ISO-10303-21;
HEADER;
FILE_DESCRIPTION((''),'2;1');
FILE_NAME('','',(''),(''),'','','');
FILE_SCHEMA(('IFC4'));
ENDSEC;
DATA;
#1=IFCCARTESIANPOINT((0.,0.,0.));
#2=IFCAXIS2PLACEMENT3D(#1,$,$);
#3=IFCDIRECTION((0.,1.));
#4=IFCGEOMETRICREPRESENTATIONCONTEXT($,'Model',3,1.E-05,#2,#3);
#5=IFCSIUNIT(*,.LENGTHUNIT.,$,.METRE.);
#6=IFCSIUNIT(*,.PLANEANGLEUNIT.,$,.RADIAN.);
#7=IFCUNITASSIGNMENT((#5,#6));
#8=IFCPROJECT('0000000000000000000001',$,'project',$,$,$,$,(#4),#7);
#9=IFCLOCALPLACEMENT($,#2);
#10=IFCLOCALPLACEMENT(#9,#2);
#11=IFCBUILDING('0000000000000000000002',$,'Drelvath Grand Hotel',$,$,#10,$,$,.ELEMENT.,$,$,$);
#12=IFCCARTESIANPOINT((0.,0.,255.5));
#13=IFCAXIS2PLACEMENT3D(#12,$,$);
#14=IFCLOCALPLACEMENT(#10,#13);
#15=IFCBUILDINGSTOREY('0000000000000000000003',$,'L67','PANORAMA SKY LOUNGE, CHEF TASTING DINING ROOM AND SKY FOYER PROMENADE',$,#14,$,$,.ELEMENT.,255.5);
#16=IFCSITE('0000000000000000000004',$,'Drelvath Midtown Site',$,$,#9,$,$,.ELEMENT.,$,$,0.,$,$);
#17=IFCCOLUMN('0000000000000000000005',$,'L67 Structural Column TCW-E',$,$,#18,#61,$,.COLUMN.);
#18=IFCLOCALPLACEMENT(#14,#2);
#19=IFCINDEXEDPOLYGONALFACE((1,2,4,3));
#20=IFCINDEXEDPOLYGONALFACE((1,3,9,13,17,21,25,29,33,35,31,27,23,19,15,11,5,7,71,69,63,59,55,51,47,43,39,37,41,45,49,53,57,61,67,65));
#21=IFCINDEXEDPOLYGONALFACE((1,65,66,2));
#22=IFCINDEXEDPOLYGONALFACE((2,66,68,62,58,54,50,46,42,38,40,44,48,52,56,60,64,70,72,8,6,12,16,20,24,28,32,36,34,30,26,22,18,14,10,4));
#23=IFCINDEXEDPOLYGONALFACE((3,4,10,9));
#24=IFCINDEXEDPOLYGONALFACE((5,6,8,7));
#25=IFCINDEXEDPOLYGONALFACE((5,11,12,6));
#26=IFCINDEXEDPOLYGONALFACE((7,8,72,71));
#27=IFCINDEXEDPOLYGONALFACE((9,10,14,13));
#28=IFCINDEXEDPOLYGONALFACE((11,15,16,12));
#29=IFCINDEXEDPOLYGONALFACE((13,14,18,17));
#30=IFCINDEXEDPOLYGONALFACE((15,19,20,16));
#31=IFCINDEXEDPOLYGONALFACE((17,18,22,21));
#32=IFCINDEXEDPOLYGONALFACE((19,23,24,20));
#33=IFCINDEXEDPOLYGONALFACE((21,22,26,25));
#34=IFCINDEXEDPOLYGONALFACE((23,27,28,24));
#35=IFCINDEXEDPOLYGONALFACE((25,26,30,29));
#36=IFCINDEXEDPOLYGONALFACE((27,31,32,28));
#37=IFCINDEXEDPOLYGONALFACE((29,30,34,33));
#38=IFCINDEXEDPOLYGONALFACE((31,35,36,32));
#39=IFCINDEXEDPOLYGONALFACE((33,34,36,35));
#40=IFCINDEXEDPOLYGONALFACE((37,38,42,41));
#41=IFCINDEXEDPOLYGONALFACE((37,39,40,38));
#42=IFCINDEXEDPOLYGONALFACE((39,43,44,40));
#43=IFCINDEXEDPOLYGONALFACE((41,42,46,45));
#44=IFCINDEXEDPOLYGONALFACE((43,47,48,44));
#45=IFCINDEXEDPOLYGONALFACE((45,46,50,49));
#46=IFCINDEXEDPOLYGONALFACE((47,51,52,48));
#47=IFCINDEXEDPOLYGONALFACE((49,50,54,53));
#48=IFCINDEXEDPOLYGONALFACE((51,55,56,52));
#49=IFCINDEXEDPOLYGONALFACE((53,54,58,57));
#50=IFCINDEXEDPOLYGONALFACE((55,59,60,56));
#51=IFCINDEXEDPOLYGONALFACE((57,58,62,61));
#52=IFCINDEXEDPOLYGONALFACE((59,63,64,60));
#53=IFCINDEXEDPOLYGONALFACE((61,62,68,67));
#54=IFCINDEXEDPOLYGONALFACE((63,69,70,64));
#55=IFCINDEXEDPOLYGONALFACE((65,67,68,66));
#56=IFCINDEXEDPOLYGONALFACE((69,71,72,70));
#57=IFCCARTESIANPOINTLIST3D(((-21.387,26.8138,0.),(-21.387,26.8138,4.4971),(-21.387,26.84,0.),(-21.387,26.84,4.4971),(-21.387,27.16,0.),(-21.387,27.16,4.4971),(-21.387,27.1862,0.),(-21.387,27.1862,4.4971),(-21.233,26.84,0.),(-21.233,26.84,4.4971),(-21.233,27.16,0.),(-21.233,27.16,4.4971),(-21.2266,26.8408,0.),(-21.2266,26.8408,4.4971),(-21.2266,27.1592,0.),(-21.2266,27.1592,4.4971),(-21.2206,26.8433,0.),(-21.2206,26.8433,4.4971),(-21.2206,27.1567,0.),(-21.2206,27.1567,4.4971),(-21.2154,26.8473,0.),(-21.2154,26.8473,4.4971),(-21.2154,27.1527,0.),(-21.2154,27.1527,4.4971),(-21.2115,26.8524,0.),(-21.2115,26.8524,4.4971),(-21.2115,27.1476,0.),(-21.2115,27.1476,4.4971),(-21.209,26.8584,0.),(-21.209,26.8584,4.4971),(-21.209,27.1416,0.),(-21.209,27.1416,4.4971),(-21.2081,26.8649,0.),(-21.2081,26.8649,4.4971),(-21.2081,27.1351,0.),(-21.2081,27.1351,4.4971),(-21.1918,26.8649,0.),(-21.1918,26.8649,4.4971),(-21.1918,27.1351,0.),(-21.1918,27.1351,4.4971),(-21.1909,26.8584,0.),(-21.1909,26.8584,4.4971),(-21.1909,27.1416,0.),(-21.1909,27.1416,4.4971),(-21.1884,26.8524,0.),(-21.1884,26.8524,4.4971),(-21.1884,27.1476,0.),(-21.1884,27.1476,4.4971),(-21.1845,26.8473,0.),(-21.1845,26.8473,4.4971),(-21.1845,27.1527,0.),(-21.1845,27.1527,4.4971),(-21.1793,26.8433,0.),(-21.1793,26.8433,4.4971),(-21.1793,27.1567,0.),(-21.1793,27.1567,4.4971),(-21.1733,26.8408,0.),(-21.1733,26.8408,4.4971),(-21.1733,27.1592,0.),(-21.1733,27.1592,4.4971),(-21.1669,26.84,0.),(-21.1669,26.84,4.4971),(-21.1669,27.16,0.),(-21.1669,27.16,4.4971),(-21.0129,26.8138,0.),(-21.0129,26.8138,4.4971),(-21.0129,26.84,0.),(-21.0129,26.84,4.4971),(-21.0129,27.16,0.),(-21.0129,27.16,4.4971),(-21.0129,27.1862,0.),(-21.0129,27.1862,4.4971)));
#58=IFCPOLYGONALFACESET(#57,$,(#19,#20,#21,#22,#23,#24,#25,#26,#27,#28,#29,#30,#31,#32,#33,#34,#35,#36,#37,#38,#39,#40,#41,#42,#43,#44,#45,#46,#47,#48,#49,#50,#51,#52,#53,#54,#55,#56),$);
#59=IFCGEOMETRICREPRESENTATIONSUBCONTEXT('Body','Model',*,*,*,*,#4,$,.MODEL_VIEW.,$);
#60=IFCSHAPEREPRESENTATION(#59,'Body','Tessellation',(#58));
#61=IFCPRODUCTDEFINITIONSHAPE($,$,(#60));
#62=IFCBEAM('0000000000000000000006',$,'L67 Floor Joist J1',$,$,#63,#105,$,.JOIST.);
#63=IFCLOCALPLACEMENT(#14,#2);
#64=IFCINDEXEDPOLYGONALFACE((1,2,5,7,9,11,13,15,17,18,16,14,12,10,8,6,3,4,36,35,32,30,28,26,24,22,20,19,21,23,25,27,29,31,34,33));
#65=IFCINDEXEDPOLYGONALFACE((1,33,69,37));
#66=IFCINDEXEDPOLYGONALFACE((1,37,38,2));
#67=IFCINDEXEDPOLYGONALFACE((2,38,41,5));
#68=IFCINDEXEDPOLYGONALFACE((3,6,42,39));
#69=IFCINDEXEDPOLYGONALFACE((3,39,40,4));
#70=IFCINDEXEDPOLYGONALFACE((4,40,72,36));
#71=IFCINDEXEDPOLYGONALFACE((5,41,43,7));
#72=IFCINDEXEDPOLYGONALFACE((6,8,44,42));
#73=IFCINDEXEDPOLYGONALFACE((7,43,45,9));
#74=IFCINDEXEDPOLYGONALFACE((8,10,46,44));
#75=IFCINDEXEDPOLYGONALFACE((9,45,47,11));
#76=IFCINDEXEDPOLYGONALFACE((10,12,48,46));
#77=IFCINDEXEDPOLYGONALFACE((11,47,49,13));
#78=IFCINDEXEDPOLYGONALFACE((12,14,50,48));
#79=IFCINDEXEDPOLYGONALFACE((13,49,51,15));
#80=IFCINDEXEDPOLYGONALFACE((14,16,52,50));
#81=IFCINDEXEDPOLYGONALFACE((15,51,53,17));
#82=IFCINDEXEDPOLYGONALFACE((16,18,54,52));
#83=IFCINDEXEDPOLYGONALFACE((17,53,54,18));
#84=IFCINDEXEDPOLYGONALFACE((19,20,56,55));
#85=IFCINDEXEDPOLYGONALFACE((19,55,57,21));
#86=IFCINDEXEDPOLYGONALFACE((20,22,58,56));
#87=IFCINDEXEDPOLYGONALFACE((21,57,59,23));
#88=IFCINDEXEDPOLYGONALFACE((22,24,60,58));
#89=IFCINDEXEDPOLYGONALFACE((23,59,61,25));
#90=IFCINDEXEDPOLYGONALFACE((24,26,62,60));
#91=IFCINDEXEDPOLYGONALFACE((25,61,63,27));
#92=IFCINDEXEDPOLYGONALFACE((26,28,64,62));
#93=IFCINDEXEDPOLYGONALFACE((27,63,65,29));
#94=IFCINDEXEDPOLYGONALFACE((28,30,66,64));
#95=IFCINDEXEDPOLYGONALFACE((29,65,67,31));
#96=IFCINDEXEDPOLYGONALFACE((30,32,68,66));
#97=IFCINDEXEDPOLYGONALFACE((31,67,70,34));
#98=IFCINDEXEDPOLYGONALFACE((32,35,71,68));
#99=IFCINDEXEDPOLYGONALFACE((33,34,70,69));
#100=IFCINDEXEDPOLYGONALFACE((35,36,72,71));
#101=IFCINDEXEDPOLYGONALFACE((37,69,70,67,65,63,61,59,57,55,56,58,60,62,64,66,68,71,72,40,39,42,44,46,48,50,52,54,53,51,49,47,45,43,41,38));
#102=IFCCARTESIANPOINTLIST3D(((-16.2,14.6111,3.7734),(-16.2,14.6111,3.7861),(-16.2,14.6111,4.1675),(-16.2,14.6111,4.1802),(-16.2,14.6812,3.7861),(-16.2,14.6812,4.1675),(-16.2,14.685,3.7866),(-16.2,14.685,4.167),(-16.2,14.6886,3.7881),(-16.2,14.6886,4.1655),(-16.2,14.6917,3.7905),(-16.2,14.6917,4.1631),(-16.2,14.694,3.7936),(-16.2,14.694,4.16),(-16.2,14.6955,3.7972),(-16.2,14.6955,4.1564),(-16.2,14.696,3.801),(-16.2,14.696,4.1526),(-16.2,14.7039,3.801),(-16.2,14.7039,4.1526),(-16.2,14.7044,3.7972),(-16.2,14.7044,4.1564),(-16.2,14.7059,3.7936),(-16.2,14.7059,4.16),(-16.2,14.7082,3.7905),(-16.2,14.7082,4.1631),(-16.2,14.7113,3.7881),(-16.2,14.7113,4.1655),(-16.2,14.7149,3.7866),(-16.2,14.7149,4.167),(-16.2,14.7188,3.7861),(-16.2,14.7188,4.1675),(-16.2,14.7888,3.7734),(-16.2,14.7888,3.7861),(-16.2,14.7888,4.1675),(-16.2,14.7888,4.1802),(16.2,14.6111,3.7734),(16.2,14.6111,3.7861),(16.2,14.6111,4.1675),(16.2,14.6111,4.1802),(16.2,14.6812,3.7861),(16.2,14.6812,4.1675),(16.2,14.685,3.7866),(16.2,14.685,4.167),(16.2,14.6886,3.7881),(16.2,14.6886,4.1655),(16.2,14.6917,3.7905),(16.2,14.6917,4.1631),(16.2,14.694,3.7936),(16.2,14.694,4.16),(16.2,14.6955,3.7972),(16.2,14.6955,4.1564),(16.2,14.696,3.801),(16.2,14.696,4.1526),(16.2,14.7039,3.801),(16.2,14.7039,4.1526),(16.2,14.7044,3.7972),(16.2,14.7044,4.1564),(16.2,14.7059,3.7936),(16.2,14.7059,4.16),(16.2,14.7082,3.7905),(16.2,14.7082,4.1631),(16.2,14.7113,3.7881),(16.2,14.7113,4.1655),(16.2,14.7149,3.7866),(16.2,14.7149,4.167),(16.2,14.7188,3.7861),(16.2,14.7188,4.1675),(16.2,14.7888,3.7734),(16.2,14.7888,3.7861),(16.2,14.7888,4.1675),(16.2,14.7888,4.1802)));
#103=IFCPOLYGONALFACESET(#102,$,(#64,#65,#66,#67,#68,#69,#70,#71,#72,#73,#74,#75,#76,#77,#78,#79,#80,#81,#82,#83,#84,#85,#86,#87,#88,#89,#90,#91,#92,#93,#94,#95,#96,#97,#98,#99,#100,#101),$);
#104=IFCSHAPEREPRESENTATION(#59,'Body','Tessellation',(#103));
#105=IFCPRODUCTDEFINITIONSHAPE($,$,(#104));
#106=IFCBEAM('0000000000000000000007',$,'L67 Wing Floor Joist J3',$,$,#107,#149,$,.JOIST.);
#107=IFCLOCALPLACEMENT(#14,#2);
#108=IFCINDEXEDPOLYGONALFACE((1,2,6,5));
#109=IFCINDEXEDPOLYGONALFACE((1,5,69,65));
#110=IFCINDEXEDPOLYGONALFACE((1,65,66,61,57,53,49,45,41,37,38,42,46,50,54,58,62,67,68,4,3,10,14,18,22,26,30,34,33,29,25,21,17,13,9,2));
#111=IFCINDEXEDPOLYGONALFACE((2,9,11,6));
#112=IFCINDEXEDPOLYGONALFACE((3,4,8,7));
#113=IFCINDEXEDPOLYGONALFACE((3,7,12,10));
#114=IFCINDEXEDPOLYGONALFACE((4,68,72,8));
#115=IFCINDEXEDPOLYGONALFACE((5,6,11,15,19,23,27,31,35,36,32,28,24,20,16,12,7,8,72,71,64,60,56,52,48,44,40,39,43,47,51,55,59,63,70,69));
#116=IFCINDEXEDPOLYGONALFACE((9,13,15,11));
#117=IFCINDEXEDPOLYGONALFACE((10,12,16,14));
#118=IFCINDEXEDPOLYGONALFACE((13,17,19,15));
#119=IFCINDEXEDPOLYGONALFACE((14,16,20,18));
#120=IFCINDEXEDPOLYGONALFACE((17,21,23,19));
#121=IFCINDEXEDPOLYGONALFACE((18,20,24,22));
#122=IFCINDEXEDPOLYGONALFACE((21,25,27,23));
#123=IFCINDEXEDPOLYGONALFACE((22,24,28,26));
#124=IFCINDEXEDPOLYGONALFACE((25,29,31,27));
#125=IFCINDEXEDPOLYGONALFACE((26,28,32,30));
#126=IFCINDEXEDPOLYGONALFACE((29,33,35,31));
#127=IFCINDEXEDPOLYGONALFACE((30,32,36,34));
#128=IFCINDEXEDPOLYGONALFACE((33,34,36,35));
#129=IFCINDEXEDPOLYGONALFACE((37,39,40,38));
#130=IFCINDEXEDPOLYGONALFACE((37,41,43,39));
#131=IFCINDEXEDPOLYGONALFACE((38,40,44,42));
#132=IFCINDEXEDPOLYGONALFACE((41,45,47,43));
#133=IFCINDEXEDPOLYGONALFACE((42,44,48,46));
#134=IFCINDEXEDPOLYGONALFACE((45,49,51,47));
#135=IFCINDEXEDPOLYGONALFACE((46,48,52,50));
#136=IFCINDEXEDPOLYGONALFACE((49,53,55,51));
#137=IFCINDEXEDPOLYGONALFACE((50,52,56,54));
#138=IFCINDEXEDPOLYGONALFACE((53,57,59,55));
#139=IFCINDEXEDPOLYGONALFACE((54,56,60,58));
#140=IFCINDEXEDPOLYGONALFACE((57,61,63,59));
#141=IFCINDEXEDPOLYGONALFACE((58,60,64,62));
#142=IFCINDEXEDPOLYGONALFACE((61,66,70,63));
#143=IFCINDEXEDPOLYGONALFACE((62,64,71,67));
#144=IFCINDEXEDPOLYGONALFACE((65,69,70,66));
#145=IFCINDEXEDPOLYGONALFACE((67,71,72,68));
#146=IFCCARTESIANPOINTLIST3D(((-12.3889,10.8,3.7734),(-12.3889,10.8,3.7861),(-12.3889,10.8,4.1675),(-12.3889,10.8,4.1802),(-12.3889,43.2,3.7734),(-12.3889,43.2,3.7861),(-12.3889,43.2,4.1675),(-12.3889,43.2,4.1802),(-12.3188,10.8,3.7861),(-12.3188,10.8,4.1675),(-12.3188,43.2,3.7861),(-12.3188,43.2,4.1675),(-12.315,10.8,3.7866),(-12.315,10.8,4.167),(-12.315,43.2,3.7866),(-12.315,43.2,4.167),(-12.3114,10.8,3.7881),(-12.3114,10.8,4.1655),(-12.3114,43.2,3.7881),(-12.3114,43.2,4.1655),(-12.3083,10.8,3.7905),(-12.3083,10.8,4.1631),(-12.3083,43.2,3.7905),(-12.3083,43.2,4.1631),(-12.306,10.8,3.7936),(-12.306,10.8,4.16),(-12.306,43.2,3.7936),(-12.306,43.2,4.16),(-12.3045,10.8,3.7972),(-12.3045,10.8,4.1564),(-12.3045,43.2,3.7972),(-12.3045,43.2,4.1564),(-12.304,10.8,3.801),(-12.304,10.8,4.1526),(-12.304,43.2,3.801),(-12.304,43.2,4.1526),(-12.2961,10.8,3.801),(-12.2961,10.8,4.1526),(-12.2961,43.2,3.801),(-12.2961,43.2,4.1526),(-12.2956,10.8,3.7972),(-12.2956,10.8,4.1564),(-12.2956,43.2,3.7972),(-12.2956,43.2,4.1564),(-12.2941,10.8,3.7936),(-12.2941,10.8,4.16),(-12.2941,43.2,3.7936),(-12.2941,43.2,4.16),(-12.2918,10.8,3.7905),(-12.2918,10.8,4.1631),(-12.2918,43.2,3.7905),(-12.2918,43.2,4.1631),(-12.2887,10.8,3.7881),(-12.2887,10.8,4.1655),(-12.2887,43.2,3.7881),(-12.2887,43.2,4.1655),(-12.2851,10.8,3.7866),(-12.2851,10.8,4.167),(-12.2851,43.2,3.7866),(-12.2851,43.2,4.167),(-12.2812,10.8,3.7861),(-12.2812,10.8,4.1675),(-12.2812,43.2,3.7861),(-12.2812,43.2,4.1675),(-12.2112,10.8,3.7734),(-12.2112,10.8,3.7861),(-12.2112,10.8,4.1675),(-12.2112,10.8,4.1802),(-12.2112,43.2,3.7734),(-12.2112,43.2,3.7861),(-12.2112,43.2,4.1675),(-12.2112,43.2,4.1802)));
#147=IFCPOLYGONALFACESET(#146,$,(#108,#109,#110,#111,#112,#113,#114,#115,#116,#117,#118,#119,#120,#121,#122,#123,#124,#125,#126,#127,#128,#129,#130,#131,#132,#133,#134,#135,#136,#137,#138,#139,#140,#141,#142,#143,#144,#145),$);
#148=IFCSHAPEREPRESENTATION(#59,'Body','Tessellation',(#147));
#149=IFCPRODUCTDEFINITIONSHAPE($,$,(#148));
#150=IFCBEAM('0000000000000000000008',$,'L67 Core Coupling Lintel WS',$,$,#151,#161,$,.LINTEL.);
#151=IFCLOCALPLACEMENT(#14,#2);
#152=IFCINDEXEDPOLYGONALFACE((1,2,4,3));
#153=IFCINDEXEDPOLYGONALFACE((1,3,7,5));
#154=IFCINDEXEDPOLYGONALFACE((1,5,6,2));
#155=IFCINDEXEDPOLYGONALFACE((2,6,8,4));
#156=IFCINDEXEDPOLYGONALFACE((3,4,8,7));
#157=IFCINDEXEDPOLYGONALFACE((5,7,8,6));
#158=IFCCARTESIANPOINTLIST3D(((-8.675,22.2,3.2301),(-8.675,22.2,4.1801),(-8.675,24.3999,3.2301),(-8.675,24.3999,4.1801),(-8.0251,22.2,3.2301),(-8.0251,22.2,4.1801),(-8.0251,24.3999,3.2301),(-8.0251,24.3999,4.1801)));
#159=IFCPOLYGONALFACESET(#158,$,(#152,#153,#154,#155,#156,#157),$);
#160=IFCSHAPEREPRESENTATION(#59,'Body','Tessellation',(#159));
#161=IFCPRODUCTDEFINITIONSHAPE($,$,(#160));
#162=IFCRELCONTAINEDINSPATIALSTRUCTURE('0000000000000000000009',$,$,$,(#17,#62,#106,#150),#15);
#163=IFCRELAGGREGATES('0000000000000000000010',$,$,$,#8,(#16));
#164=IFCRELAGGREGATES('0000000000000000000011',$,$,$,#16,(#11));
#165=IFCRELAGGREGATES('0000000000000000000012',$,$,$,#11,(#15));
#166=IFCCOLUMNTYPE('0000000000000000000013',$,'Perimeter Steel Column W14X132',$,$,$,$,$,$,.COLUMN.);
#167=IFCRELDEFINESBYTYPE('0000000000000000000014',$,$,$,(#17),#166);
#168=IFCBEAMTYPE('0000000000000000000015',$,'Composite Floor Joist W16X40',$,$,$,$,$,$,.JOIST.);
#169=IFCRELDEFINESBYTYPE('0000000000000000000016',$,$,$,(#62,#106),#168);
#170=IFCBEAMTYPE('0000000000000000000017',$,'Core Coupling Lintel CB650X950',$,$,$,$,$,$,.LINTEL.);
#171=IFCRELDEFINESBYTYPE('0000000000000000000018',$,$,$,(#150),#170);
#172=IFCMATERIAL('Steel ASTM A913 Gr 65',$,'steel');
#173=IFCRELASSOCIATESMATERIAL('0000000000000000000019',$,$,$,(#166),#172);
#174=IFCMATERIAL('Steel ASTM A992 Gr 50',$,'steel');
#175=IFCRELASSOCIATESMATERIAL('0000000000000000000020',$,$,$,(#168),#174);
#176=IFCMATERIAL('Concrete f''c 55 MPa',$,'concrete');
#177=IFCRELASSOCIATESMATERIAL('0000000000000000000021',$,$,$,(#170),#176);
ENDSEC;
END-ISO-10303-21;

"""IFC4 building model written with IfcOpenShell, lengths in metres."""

from ifc_helpers import new_model, si_unit, direction, frame, origin, origin_2d, place, context, subcontext, project, spatial, rectangle, i_section, extrude, material, material_profile, profile_set, type_object, element, save


model = new_model("IFC4")

# Units and contexts
model_context = context("Model", 3, precision=1e-05, world=origin(), true_north=direction((0.0, 1.0)))
body_context = subcontext(model_context, "Body", "Model", "MODEL_VIEW")
ifc_project = project(units=[si_unit("LENGTHUNIT", "METRE"), si_unit("PLANEANGLEUNIT", "RADIAN")], contexts=[model_context])

# Site, building, storey
site_placement = place(None, origin())
site = spatial("IfcSite", under=ifc_project, at=site_placement, Name="Drelvath Midtown Site", CompositionType="ELEMENT", RefElevation=0.0)
building_placement = place(site_placement, origin())
building = spatial("IfcBuilding", under=site, at=building_placement, Name="Drelvath Grand Hotel", CompositionType="ELEMENT")
storey_placement = place(building_placement, frame((0.0, 0.0, 255.5)))
storey = spatial("IfcBuildingStorey", under=building, at=storey_placement, Name="L67", Description="PANORAMA SKY LOUNGE, CHEF TASTING DINING ROOM AND SKY FOYER PROMENADE", CompositionType="ELEMENT", Elevation=255.5)

# Column
ifc_material_1 = material(Name="Steel ASTM A913 Gr 65", Category="steel")
ifc_material_profile_1 = material_profile(ifc_material_1, i_section(OverallWidth=0.374, OverallDepth=0.3723, WebThickness=0.0164, FlangeThickness=0.0261, FilletRadius=0.0249, at=origin_2d()), Name="W14X132")
ifc_profile_set_1 = profile_set([ifc_material_profile_1], Name="Steel ASTM A913 Gr 65")
column_type = type_object("IfcColumnType", Name="Perimeter Steel Column W14X132", PredefinedType="COLUMN", material=ifc_profile_set_1)
column_placement = place(storey_placement, frame((-21.2, 27.0, 0.0), z_axis=(0.0, 0.0, 1.0), x_axis=(1.0, 0.0, 0.0)))
element("IfcColumn", 1, at=column_placement, inside=storey, type_object=column_type, Name="L67 Structural Column TCW-E", PredefinedType="COLUMN", context=body_context, shape_type="SweptSolid", body=[
    extrude(i_section(OverallWidth=0.374, OverallDepth=0.3723, WebThickness=0.0164, FlangeThickness=0.0261, FilletRadius=0.0249, at=origin_2d()), origin(), (0.0, 0.0, 1.0), 4.4971),
])

# Beams
ifc_material_2 = material(Name="Steel ASTM A992 Gr 50", Category="steel")
ifc_material_profile_2 = material_profile(ifc_material_2, i_section(OverallWidth=0.1777, OverallDepth=0.4067, WebThickness=0.0078, FlangeThickness=0.0127, FilletRadius=0.0149, at=origin_2d()), Name="W16X40")
ifc_profile_set_2 = profile_set([ifc_material_profile_2], Name="Steel ASTM A992 Gr 50")
beam_type_1 = type_object("IfcBeamType", Name="Composite Floor Joist W16X40", PredefinedType="JOIST", material=ifc_profile_set_2)
for number, where, z_axis, x_axis, name in (
    (2, (-16.2, 14.7, 3.9768), (1.0, 0.0, 0.0), (0.0, 1.0, 0.0), "L67 Floor Joist J1"),
    (3, (-12.3, 10.8, 3.9768), (0.0, 1.0, 0.0), (-1.0, 0.0, 0.0), "L67 Wing Floor Joist J3"),
):
    element("IfcBeam", number, at=place(storey_placement, frame(where, z_axis=z_axis, x_axis=x_axis)), inside=storey, type_object=beam_type_1, Name=name, PredefinedType="JOIST", context=body_context, shape_type="SweptSolid", body=[
        extrude(i_section(OverallWidth=0.1777, OverallDepth=0.4067, WebThickness=0.0078, FlangeThickness=0.0127, FilletRadius=0.0149, at=origin_2d()), origin(), (0.0, 0.0, 1.0), 32.3999),
    ])
ifc_material_3 = material(Name="Concrete f'c 55 MPa", Category="concrete")
ifc_material_profile_3 = material_profile(ifc_material_3, rectangle(XDim=0.6499, YDim=0.95, at=origin_2d()), Name="CB650X950")
ifc_profile_set_3 = profile_set([ifc_material_profile_3], Name="Concrete f'c 55 MPa")
beam_type_2 = type_object("IfcBeamType", Name="Core Coupling Lintel CB650X950", PredefinedType="LINTEL", material=ifc_profile_set_3)
beam_1_placement = place(storey_placement, frame((-8.3501, 22.2, 3.7051), z_axis=(0.0, 1.0, 0.0), x_axis=(-1.0, 0.0, 0.0)))
element("IfcBeam", 4, at=beam_1_placement, inside=storey, type_object=beam_type_2, Name="L67 Core Coupling Lintel WS", PredefinedType="LINTEL", context=body_context, shape_type="SweptSolid", body=[
    extrude(rectangle(XDim=0.6499, YDim=0.95, at=origin_2d()), origin(), (0.0, 0.0, 1.0), 2.2),
])

save(model, "model.ifc")
